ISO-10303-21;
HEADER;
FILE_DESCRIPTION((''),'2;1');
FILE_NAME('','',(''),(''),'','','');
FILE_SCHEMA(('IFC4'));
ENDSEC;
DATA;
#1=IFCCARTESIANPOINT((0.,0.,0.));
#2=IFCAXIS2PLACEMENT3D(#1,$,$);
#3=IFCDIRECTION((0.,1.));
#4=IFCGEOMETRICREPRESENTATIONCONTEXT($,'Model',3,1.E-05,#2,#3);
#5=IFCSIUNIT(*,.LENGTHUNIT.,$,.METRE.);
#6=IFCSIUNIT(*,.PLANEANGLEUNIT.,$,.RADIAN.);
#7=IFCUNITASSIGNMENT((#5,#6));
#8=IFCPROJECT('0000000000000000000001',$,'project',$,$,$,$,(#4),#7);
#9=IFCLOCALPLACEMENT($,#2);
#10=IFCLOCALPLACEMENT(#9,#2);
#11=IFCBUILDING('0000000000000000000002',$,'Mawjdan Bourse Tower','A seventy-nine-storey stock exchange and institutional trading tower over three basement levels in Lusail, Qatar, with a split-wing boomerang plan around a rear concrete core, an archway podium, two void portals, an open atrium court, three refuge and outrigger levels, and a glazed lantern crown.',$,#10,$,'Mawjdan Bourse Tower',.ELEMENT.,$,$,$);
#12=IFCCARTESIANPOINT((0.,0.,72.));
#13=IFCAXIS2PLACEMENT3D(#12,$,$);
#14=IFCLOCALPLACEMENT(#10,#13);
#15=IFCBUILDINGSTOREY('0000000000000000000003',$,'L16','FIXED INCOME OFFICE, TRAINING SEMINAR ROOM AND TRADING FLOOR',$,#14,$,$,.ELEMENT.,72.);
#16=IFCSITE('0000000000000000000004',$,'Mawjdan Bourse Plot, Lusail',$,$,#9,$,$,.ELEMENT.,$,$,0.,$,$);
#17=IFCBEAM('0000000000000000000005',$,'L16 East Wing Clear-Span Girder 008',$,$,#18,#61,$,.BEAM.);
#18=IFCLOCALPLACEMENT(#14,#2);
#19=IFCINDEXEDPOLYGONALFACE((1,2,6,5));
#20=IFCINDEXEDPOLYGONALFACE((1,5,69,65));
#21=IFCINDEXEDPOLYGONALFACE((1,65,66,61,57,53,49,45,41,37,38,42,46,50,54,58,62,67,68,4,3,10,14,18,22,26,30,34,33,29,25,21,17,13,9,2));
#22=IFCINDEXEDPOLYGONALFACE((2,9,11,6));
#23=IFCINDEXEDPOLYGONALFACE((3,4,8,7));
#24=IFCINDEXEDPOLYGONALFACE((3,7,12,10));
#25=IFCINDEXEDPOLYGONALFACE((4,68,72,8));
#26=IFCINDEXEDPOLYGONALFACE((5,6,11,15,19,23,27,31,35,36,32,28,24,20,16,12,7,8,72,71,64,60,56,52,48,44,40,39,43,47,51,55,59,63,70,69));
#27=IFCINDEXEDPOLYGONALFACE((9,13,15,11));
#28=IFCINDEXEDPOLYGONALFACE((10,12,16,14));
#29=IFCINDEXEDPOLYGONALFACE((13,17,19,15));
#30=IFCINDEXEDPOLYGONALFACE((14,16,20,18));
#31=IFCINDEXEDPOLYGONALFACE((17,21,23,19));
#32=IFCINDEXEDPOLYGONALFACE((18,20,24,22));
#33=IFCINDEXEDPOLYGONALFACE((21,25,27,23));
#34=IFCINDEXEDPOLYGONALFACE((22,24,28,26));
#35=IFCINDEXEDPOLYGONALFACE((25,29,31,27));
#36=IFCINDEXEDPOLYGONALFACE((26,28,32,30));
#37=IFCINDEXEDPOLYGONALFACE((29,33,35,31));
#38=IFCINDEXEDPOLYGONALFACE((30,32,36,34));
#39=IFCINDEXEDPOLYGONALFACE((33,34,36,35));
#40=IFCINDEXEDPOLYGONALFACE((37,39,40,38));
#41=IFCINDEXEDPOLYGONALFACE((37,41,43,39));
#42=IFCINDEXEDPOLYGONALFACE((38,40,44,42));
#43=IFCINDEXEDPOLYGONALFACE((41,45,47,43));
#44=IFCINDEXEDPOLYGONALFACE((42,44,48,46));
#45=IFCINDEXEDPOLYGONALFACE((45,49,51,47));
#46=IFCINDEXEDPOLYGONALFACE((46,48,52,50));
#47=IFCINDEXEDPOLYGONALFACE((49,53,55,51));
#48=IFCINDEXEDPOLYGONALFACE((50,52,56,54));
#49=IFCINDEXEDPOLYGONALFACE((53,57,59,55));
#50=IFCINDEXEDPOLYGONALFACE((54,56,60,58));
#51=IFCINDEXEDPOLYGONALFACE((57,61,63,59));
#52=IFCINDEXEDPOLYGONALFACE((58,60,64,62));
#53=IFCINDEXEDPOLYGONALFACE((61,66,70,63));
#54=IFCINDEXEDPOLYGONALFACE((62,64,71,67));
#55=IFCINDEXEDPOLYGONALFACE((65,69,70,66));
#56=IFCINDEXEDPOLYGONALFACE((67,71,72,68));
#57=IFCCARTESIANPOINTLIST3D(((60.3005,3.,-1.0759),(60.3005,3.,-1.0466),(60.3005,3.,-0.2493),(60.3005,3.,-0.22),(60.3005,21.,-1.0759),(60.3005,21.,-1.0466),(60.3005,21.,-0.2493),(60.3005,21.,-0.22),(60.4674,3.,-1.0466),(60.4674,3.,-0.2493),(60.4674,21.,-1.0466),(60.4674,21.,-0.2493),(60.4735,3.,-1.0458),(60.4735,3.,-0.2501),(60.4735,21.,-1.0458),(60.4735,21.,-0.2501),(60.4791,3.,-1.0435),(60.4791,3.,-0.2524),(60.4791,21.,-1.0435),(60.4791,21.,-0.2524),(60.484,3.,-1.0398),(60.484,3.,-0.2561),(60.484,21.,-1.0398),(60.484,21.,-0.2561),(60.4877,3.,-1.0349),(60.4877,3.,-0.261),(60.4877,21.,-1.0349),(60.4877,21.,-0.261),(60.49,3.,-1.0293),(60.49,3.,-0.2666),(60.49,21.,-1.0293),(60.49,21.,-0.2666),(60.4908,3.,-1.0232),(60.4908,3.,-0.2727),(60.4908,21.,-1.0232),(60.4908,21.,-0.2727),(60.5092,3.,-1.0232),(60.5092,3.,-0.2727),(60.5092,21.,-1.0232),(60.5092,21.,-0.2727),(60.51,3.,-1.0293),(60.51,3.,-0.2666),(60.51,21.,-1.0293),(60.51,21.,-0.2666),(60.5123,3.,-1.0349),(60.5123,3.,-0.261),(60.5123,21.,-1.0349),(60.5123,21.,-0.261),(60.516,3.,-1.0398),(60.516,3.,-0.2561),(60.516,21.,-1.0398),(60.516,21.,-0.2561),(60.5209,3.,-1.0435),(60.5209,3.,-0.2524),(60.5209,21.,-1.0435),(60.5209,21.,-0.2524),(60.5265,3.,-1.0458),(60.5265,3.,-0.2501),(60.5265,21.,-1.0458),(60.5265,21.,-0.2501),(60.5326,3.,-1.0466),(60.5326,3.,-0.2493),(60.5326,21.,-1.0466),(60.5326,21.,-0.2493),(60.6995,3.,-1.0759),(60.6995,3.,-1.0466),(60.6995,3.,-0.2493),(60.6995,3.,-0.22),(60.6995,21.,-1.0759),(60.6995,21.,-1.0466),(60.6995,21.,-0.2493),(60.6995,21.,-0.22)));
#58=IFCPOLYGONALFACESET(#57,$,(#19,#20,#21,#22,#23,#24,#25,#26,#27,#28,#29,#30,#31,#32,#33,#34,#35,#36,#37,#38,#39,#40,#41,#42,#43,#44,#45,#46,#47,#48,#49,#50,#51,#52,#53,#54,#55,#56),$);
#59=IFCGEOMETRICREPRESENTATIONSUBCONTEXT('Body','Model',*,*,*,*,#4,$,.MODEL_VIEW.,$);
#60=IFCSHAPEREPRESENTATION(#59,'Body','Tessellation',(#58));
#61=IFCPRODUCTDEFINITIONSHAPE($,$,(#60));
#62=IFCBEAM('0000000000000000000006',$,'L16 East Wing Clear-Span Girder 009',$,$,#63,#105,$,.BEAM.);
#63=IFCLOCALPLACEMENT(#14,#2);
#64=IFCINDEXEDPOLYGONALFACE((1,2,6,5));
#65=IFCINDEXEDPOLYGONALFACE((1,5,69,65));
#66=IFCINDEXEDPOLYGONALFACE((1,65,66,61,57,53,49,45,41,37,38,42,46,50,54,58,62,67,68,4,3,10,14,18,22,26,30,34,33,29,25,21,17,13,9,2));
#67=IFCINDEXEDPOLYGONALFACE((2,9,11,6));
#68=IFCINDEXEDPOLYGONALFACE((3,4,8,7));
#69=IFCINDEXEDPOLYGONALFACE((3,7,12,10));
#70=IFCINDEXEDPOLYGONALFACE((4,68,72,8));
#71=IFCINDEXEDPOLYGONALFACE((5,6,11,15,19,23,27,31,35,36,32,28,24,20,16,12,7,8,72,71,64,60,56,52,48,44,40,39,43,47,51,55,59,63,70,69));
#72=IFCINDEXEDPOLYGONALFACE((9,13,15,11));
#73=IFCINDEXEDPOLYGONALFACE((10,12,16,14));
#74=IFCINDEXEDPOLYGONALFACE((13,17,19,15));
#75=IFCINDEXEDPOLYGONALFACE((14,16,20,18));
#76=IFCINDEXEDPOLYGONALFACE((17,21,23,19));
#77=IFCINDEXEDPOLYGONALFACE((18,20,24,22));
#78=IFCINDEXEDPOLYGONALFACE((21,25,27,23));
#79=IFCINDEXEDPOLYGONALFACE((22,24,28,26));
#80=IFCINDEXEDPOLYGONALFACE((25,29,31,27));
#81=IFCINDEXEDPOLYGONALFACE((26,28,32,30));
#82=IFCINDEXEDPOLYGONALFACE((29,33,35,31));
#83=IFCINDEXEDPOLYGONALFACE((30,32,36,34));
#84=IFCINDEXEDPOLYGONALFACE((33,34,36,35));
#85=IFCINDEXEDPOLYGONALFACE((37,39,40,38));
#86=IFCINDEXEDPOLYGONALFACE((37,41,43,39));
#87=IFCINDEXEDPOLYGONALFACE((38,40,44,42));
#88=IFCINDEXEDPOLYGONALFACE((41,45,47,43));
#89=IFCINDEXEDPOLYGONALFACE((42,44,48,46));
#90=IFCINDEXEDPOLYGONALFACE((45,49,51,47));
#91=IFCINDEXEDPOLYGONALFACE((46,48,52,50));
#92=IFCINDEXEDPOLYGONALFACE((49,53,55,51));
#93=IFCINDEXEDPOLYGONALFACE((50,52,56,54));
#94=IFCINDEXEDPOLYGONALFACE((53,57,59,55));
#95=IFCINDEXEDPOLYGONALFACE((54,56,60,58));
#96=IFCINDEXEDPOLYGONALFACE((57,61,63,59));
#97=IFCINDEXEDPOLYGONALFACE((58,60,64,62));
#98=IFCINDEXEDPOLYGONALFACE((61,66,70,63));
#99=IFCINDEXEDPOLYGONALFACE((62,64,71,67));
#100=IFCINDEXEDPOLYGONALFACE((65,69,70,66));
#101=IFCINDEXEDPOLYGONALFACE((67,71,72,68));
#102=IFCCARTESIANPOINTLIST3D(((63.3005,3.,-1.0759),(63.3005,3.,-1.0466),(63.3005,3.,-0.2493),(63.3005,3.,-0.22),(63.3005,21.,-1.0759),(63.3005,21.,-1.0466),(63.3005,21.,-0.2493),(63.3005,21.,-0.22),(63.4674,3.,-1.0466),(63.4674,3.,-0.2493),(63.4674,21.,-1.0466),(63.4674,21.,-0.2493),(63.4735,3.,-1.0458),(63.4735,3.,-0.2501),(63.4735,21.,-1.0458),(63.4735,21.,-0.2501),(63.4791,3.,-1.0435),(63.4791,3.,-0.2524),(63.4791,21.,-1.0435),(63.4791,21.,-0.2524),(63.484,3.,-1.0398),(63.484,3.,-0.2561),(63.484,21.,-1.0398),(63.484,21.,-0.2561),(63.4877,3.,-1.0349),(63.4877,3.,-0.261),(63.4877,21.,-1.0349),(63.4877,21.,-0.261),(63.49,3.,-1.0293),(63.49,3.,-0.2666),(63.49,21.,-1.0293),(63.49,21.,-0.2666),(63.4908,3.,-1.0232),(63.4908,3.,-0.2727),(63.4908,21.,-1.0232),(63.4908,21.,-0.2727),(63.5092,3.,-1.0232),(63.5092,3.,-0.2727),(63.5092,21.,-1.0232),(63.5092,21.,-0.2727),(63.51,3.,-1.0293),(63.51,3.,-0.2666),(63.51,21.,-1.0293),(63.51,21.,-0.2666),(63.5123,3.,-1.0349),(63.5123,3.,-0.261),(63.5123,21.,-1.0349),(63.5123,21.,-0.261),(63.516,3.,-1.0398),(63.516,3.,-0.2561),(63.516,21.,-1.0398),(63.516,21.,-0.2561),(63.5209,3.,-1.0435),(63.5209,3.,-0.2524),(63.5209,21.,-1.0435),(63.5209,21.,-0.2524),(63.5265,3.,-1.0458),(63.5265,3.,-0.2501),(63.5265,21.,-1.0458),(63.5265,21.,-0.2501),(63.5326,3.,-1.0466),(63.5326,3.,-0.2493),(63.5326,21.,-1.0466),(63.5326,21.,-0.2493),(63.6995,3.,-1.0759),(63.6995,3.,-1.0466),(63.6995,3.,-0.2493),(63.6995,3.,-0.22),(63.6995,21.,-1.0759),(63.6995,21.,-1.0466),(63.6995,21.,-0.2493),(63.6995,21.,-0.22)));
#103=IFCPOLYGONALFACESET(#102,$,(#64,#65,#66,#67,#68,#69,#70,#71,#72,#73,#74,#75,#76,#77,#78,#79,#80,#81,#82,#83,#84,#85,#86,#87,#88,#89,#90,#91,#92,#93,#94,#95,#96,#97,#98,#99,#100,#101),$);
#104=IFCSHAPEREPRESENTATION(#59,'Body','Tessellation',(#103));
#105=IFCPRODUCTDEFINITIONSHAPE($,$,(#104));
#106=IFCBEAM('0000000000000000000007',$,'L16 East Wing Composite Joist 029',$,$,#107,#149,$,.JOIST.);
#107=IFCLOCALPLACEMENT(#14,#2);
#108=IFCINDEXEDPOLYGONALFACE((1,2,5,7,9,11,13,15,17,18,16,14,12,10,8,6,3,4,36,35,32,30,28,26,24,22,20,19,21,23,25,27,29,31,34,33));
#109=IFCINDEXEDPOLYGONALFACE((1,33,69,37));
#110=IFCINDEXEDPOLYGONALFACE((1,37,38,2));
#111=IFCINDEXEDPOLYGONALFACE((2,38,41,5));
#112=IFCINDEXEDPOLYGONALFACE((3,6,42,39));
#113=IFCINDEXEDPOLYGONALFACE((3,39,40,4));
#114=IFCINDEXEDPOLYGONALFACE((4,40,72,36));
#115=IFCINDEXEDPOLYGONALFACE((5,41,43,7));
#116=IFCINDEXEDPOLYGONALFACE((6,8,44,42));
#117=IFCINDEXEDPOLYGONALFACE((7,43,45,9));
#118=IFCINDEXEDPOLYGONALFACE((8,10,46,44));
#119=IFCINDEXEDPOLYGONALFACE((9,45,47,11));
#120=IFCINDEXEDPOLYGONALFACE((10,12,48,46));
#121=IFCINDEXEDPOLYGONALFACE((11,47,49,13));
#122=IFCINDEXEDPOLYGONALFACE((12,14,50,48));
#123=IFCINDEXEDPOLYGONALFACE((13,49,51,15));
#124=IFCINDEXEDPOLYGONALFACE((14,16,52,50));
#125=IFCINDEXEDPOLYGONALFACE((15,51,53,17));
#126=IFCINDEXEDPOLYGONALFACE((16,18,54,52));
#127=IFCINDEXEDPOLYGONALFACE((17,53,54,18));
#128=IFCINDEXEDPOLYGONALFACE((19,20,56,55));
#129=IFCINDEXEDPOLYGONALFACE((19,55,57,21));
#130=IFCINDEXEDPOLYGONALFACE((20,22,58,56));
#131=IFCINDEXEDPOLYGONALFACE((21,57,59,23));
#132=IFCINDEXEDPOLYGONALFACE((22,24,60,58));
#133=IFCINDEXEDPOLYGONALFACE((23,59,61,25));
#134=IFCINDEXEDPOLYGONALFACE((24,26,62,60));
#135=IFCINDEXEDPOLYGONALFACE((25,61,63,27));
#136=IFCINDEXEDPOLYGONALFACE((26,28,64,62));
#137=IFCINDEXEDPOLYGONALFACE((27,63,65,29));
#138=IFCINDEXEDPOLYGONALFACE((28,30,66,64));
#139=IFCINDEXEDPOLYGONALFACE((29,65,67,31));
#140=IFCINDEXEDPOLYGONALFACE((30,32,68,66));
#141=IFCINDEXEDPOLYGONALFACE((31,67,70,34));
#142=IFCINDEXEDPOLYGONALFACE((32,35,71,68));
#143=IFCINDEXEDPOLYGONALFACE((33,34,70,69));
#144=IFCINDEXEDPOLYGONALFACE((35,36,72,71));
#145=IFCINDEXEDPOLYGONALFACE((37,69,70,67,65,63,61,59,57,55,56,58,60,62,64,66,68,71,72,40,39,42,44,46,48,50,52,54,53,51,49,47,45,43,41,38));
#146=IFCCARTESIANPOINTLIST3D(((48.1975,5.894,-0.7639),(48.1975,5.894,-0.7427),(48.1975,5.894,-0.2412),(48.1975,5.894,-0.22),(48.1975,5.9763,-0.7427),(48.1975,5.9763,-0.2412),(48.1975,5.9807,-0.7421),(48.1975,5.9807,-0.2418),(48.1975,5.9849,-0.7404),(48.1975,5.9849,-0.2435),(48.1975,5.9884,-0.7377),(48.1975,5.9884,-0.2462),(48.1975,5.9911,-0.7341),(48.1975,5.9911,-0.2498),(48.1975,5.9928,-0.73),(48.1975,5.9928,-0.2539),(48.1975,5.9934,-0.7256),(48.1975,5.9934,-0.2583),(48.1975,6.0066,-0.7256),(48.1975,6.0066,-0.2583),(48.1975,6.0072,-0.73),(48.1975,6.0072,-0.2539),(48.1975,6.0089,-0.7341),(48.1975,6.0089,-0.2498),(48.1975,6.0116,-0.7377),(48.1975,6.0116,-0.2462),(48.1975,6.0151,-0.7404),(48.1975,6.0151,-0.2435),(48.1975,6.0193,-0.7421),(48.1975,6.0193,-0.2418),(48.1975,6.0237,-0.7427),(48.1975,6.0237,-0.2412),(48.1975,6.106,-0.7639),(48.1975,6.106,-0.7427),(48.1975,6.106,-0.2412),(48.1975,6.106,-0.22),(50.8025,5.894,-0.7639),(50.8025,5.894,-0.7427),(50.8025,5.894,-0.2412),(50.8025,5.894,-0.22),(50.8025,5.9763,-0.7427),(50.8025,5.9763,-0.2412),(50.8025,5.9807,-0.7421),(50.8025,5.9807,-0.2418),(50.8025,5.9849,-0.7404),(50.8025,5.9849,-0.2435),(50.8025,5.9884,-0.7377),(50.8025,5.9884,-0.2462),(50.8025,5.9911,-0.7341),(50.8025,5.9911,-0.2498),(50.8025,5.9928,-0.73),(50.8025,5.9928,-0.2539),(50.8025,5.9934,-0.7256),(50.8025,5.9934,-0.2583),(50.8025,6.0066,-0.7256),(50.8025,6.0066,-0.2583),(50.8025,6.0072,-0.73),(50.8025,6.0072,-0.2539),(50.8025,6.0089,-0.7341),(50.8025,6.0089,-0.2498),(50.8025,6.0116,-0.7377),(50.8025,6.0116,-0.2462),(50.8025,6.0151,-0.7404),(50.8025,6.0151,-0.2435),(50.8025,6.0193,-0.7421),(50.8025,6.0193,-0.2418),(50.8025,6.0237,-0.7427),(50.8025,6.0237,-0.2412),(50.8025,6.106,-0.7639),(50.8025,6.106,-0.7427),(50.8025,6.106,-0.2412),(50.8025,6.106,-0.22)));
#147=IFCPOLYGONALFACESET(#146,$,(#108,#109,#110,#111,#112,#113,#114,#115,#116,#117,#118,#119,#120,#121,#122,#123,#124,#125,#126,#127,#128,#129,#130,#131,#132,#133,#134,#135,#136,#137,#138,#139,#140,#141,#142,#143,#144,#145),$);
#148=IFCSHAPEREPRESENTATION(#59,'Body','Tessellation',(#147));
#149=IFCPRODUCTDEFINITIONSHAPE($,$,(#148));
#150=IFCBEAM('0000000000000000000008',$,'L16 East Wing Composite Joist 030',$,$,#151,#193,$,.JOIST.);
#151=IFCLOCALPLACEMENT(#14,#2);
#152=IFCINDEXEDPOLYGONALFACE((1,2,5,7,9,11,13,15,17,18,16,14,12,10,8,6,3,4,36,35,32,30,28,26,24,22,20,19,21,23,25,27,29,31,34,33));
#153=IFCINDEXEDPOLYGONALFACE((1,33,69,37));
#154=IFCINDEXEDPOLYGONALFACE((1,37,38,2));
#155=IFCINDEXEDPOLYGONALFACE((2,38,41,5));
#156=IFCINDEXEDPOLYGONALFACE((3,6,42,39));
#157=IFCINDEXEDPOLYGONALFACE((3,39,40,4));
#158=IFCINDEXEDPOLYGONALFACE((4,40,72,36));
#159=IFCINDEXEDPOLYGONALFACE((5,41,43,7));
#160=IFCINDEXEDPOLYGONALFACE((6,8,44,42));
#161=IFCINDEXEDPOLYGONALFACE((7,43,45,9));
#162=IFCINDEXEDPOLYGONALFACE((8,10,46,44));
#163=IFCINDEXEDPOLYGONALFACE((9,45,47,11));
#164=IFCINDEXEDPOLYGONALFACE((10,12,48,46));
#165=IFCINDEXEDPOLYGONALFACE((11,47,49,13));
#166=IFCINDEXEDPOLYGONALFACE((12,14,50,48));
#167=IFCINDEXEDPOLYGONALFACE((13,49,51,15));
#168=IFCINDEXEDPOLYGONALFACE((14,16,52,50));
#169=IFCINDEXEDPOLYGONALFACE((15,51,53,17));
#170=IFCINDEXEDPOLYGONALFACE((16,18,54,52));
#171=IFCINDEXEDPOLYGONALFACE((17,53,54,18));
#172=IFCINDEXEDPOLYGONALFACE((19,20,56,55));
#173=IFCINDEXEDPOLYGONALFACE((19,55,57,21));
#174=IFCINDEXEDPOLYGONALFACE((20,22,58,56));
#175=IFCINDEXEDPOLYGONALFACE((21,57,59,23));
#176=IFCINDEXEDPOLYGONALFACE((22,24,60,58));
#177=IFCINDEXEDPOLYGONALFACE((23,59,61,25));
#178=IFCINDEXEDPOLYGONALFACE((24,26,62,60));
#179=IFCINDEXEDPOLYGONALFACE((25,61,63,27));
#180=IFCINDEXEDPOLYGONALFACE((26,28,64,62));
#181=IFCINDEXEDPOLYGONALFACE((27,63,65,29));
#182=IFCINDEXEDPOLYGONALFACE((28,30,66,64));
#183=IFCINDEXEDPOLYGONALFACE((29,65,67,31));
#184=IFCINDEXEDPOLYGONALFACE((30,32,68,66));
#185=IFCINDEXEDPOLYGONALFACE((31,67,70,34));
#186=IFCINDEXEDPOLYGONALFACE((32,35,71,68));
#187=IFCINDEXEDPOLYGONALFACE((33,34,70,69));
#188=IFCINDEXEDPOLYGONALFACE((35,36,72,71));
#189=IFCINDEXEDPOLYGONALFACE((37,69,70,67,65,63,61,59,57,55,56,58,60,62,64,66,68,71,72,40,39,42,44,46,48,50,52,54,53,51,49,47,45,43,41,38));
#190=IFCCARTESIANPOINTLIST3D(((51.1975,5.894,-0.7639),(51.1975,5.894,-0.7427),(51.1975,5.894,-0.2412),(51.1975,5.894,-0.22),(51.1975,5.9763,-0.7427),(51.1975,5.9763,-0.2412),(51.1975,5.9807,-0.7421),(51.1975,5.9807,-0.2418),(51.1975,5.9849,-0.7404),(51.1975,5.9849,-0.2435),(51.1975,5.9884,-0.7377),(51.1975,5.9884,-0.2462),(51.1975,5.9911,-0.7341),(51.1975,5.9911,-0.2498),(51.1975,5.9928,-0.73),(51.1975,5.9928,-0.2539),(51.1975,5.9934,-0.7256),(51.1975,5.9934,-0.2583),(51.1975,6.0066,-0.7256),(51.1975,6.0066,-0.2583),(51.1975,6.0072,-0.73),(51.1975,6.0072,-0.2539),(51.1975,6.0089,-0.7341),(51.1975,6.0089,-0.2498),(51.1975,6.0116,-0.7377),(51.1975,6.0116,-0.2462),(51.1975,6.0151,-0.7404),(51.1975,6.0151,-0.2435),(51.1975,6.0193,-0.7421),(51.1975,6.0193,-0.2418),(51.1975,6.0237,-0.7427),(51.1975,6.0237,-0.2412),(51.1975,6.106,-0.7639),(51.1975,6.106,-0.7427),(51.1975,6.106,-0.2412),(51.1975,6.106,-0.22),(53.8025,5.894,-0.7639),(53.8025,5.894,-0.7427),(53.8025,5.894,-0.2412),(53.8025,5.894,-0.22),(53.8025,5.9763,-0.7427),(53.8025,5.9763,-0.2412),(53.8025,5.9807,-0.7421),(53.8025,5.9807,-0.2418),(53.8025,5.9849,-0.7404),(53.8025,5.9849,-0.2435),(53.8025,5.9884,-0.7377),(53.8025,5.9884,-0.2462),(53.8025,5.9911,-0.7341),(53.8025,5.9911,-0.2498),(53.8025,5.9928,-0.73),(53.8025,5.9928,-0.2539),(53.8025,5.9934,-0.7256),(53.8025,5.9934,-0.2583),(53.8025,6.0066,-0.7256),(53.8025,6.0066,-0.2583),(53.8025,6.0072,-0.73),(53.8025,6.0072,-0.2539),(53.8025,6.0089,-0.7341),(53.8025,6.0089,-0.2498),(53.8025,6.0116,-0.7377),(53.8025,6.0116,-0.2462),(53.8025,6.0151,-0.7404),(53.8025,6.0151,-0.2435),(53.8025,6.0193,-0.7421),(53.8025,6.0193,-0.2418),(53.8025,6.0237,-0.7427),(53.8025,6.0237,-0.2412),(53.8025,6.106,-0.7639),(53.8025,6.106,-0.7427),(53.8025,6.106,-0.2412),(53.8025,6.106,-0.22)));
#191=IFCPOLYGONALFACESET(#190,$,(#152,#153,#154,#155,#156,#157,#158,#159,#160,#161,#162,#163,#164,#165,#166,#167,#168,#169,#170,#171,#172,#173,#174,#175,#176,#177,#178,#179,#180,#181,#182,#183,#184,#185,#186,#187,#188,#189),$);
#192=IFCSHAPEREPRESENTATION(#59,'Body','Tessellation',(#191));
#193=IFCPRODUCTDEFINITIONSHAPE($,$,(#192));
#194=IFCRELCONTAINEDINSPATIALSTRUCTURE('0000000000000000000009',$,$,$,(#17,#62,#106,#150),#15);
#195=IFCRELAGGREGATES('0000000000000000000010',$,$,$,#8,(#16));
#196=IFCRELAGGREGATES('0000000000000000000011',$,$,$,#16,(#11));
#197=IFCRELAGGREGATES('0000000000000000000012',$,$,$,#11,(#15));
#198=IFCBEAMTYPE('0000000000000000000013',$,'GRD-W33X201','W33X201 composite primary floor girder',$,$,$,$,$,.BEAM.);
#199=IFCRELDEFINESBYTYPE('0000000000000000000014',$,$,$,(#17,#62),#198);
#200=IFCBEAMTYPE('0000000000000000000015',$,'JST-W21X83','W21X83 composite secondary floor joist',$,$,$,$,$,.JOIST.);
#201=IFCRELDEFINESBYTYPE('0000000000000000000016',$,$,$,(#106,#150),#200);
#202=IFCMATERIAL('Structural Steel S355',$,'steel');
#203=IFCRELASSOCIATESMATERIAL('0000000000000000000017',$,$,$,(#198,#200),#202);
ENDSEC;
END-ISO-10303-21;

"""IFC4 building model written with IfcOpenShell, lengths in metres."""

from ifc_helpers import new_model, si_unit, direction, frame, origin, origin_2d, place, context, subcontext, project, spatial, i_section, extrude, material, material_profile, profile_set, type_object, element, save


model = new_model("IFC4")

# Units and contexts
model_context = context("Model", 3, precision=1e-05, world=origin(), true_north=direction((0.0, 1.0)))
body_context = subcontext(model_context, "Body", "Model", "MODEL_VIEW")
ifc_project = project(units=[si_unit("LENGTHUNIT", "METRE"), si_unit("PLANEANGLEUNIT", "RADIAN")], contexts=[model_context])

# Site, building, storey
site_placement = place(None, origin())
site = spatial("IfcSite", under=ifc_project, at=site_placement, Name="Mawjdan Bourse Plot, Lusail", CompositionType="ELEMENT", RefElevation=0.0)
building_placement = place(site_placement, origin())
building = spatial("IfcBuilding", under=site, at=building_placement, Name="Mawjdan Bourse Tower", Description="A seventy-nine-storey stock exchange and institutional trading tower over three basement levels in Lusail, Qatar, with a split-wing boomerang plan around a rear concrete core, an archway podium, two void portals, an open atrium court, three refuge and outrigger levels, and a glazed lantern crown.", LongName="Mawjdan Bourse Tower", CompositionType="ELEMENT")
storey_placement = place(building_placement, frame((0.0, 0.0, 72.0)))
storey = spatial("IfcBuildingStorey", under=building, at=storey_placement, Name="L16", Description="FIXED INCOME OFFICE, TRAINING SEMINAR ROOM AND TRADING FLOOR", CompositionType="ELEMENT", Elevation=72.0)

# Beams
ifc_material_1 = material(Name="Structural Steel S355", Category="steel")
ifc_material_profile_1 = material_profile(ifc_material_1, i_section(OverallWidth=0.3989, OverallDepth=0.856, WebThickness=0.0183, FlangeThickness=0.0293, FilletRadius=0.0234, at=origin_2d()), Name="W33X201")
ifc_profile_set_1 = profile_set([ifc_material_profile_1], Name="Structural Steel S355")
beam_type_1 = type_object("IfcBeamType", Name="GRD-W33X201", Description="W33X201 composite primary floor girder", PredefinedType="BEAM", material=ifc_profile_set_1)
for number, where, z_axis, x_axis, name in (
    (1, (60.5, 3.0, -0.6479), (0.0, 1.0, 0.0), (-1.0, 0.0, 0.0), "L16 East Wing Clear-Span Girder 008"),
    (2, (63.5, 3.0, -0.6479), (0.0, 1.0, 0.0), (-1.0, 0.0, 0.0), "L16 East Wing Clear-Span Girder 009"),
):
    element("IfcBeam", number, at=place(storey_placement, frame(where, z_axis=z_axis, x_axis=x_axis)), inside=storey, type_object=beam_type_1, Name=name, PredefinedType="BEAM", context=body_context, shape_type="SweptSolid", body=[
        extrude(i_section(OverallWidth=0.3989, OverallDepth=0.856, WebThickness=0.0183, FlangeThickness=0.0293, FilletRadius=0.0234, at=origin_2d()), origin(), (0.0, 0.0, 1.0), 18.0),
    ])
ifc_material_profile_2 = material_profile(ifc_material_1, i_section(OverallWidth=0.2119, OverallDepth=0.5439, WebThickness=0.0132, FlangeThickness=0.0212, FilletRadius=0.0171, at=origin_2d()), Name="W21X83")
ifc_profile_set_2 = profile_set([ifc_material_profile_2], Name="Structural Steel S355")
beam_type_2 = type_object("IfcBeamType", Name="JST-W21X83", Description="W21X83 composite secondary floor joist", PredefinedType="JOIST", material=ifc_profile_set_2)
for number, where, z_axis, x_axis, name in (
    (3, (48.1975, 6.0, -0.4919), (1.0, 0.0, 0.0), (0.0, 1.0, 0.0), "L16 East Wing Composite Joist 029"),
    (4, (51.1975, 6.0, -0.4919), (1.0, 0.0, 0.0), (0.0, 1.0, 0.0), "L16 East Wing Composite Joist 030"),
):
    element("IfcBeam", number, at=place(storey_placement, frame(where, z_axis=z_axis, x_axis=x_axis)), inside=storey, type_object=beam_type_2, Name=name, PredefinedType="JOIST", context=body_context, shape_type="SweptSolid", body=[
        extrude(i_section(OverallWidth=0.2119, OverallDepth=0.5439, WebThickness=0.0132, FlangeThickness=0.0212, FilletRadius=0.0171, at=origin_2d()), origin(), (0.0, 0.0, 1.0), 2.605),
    ])

save(model, "model.ifc")
